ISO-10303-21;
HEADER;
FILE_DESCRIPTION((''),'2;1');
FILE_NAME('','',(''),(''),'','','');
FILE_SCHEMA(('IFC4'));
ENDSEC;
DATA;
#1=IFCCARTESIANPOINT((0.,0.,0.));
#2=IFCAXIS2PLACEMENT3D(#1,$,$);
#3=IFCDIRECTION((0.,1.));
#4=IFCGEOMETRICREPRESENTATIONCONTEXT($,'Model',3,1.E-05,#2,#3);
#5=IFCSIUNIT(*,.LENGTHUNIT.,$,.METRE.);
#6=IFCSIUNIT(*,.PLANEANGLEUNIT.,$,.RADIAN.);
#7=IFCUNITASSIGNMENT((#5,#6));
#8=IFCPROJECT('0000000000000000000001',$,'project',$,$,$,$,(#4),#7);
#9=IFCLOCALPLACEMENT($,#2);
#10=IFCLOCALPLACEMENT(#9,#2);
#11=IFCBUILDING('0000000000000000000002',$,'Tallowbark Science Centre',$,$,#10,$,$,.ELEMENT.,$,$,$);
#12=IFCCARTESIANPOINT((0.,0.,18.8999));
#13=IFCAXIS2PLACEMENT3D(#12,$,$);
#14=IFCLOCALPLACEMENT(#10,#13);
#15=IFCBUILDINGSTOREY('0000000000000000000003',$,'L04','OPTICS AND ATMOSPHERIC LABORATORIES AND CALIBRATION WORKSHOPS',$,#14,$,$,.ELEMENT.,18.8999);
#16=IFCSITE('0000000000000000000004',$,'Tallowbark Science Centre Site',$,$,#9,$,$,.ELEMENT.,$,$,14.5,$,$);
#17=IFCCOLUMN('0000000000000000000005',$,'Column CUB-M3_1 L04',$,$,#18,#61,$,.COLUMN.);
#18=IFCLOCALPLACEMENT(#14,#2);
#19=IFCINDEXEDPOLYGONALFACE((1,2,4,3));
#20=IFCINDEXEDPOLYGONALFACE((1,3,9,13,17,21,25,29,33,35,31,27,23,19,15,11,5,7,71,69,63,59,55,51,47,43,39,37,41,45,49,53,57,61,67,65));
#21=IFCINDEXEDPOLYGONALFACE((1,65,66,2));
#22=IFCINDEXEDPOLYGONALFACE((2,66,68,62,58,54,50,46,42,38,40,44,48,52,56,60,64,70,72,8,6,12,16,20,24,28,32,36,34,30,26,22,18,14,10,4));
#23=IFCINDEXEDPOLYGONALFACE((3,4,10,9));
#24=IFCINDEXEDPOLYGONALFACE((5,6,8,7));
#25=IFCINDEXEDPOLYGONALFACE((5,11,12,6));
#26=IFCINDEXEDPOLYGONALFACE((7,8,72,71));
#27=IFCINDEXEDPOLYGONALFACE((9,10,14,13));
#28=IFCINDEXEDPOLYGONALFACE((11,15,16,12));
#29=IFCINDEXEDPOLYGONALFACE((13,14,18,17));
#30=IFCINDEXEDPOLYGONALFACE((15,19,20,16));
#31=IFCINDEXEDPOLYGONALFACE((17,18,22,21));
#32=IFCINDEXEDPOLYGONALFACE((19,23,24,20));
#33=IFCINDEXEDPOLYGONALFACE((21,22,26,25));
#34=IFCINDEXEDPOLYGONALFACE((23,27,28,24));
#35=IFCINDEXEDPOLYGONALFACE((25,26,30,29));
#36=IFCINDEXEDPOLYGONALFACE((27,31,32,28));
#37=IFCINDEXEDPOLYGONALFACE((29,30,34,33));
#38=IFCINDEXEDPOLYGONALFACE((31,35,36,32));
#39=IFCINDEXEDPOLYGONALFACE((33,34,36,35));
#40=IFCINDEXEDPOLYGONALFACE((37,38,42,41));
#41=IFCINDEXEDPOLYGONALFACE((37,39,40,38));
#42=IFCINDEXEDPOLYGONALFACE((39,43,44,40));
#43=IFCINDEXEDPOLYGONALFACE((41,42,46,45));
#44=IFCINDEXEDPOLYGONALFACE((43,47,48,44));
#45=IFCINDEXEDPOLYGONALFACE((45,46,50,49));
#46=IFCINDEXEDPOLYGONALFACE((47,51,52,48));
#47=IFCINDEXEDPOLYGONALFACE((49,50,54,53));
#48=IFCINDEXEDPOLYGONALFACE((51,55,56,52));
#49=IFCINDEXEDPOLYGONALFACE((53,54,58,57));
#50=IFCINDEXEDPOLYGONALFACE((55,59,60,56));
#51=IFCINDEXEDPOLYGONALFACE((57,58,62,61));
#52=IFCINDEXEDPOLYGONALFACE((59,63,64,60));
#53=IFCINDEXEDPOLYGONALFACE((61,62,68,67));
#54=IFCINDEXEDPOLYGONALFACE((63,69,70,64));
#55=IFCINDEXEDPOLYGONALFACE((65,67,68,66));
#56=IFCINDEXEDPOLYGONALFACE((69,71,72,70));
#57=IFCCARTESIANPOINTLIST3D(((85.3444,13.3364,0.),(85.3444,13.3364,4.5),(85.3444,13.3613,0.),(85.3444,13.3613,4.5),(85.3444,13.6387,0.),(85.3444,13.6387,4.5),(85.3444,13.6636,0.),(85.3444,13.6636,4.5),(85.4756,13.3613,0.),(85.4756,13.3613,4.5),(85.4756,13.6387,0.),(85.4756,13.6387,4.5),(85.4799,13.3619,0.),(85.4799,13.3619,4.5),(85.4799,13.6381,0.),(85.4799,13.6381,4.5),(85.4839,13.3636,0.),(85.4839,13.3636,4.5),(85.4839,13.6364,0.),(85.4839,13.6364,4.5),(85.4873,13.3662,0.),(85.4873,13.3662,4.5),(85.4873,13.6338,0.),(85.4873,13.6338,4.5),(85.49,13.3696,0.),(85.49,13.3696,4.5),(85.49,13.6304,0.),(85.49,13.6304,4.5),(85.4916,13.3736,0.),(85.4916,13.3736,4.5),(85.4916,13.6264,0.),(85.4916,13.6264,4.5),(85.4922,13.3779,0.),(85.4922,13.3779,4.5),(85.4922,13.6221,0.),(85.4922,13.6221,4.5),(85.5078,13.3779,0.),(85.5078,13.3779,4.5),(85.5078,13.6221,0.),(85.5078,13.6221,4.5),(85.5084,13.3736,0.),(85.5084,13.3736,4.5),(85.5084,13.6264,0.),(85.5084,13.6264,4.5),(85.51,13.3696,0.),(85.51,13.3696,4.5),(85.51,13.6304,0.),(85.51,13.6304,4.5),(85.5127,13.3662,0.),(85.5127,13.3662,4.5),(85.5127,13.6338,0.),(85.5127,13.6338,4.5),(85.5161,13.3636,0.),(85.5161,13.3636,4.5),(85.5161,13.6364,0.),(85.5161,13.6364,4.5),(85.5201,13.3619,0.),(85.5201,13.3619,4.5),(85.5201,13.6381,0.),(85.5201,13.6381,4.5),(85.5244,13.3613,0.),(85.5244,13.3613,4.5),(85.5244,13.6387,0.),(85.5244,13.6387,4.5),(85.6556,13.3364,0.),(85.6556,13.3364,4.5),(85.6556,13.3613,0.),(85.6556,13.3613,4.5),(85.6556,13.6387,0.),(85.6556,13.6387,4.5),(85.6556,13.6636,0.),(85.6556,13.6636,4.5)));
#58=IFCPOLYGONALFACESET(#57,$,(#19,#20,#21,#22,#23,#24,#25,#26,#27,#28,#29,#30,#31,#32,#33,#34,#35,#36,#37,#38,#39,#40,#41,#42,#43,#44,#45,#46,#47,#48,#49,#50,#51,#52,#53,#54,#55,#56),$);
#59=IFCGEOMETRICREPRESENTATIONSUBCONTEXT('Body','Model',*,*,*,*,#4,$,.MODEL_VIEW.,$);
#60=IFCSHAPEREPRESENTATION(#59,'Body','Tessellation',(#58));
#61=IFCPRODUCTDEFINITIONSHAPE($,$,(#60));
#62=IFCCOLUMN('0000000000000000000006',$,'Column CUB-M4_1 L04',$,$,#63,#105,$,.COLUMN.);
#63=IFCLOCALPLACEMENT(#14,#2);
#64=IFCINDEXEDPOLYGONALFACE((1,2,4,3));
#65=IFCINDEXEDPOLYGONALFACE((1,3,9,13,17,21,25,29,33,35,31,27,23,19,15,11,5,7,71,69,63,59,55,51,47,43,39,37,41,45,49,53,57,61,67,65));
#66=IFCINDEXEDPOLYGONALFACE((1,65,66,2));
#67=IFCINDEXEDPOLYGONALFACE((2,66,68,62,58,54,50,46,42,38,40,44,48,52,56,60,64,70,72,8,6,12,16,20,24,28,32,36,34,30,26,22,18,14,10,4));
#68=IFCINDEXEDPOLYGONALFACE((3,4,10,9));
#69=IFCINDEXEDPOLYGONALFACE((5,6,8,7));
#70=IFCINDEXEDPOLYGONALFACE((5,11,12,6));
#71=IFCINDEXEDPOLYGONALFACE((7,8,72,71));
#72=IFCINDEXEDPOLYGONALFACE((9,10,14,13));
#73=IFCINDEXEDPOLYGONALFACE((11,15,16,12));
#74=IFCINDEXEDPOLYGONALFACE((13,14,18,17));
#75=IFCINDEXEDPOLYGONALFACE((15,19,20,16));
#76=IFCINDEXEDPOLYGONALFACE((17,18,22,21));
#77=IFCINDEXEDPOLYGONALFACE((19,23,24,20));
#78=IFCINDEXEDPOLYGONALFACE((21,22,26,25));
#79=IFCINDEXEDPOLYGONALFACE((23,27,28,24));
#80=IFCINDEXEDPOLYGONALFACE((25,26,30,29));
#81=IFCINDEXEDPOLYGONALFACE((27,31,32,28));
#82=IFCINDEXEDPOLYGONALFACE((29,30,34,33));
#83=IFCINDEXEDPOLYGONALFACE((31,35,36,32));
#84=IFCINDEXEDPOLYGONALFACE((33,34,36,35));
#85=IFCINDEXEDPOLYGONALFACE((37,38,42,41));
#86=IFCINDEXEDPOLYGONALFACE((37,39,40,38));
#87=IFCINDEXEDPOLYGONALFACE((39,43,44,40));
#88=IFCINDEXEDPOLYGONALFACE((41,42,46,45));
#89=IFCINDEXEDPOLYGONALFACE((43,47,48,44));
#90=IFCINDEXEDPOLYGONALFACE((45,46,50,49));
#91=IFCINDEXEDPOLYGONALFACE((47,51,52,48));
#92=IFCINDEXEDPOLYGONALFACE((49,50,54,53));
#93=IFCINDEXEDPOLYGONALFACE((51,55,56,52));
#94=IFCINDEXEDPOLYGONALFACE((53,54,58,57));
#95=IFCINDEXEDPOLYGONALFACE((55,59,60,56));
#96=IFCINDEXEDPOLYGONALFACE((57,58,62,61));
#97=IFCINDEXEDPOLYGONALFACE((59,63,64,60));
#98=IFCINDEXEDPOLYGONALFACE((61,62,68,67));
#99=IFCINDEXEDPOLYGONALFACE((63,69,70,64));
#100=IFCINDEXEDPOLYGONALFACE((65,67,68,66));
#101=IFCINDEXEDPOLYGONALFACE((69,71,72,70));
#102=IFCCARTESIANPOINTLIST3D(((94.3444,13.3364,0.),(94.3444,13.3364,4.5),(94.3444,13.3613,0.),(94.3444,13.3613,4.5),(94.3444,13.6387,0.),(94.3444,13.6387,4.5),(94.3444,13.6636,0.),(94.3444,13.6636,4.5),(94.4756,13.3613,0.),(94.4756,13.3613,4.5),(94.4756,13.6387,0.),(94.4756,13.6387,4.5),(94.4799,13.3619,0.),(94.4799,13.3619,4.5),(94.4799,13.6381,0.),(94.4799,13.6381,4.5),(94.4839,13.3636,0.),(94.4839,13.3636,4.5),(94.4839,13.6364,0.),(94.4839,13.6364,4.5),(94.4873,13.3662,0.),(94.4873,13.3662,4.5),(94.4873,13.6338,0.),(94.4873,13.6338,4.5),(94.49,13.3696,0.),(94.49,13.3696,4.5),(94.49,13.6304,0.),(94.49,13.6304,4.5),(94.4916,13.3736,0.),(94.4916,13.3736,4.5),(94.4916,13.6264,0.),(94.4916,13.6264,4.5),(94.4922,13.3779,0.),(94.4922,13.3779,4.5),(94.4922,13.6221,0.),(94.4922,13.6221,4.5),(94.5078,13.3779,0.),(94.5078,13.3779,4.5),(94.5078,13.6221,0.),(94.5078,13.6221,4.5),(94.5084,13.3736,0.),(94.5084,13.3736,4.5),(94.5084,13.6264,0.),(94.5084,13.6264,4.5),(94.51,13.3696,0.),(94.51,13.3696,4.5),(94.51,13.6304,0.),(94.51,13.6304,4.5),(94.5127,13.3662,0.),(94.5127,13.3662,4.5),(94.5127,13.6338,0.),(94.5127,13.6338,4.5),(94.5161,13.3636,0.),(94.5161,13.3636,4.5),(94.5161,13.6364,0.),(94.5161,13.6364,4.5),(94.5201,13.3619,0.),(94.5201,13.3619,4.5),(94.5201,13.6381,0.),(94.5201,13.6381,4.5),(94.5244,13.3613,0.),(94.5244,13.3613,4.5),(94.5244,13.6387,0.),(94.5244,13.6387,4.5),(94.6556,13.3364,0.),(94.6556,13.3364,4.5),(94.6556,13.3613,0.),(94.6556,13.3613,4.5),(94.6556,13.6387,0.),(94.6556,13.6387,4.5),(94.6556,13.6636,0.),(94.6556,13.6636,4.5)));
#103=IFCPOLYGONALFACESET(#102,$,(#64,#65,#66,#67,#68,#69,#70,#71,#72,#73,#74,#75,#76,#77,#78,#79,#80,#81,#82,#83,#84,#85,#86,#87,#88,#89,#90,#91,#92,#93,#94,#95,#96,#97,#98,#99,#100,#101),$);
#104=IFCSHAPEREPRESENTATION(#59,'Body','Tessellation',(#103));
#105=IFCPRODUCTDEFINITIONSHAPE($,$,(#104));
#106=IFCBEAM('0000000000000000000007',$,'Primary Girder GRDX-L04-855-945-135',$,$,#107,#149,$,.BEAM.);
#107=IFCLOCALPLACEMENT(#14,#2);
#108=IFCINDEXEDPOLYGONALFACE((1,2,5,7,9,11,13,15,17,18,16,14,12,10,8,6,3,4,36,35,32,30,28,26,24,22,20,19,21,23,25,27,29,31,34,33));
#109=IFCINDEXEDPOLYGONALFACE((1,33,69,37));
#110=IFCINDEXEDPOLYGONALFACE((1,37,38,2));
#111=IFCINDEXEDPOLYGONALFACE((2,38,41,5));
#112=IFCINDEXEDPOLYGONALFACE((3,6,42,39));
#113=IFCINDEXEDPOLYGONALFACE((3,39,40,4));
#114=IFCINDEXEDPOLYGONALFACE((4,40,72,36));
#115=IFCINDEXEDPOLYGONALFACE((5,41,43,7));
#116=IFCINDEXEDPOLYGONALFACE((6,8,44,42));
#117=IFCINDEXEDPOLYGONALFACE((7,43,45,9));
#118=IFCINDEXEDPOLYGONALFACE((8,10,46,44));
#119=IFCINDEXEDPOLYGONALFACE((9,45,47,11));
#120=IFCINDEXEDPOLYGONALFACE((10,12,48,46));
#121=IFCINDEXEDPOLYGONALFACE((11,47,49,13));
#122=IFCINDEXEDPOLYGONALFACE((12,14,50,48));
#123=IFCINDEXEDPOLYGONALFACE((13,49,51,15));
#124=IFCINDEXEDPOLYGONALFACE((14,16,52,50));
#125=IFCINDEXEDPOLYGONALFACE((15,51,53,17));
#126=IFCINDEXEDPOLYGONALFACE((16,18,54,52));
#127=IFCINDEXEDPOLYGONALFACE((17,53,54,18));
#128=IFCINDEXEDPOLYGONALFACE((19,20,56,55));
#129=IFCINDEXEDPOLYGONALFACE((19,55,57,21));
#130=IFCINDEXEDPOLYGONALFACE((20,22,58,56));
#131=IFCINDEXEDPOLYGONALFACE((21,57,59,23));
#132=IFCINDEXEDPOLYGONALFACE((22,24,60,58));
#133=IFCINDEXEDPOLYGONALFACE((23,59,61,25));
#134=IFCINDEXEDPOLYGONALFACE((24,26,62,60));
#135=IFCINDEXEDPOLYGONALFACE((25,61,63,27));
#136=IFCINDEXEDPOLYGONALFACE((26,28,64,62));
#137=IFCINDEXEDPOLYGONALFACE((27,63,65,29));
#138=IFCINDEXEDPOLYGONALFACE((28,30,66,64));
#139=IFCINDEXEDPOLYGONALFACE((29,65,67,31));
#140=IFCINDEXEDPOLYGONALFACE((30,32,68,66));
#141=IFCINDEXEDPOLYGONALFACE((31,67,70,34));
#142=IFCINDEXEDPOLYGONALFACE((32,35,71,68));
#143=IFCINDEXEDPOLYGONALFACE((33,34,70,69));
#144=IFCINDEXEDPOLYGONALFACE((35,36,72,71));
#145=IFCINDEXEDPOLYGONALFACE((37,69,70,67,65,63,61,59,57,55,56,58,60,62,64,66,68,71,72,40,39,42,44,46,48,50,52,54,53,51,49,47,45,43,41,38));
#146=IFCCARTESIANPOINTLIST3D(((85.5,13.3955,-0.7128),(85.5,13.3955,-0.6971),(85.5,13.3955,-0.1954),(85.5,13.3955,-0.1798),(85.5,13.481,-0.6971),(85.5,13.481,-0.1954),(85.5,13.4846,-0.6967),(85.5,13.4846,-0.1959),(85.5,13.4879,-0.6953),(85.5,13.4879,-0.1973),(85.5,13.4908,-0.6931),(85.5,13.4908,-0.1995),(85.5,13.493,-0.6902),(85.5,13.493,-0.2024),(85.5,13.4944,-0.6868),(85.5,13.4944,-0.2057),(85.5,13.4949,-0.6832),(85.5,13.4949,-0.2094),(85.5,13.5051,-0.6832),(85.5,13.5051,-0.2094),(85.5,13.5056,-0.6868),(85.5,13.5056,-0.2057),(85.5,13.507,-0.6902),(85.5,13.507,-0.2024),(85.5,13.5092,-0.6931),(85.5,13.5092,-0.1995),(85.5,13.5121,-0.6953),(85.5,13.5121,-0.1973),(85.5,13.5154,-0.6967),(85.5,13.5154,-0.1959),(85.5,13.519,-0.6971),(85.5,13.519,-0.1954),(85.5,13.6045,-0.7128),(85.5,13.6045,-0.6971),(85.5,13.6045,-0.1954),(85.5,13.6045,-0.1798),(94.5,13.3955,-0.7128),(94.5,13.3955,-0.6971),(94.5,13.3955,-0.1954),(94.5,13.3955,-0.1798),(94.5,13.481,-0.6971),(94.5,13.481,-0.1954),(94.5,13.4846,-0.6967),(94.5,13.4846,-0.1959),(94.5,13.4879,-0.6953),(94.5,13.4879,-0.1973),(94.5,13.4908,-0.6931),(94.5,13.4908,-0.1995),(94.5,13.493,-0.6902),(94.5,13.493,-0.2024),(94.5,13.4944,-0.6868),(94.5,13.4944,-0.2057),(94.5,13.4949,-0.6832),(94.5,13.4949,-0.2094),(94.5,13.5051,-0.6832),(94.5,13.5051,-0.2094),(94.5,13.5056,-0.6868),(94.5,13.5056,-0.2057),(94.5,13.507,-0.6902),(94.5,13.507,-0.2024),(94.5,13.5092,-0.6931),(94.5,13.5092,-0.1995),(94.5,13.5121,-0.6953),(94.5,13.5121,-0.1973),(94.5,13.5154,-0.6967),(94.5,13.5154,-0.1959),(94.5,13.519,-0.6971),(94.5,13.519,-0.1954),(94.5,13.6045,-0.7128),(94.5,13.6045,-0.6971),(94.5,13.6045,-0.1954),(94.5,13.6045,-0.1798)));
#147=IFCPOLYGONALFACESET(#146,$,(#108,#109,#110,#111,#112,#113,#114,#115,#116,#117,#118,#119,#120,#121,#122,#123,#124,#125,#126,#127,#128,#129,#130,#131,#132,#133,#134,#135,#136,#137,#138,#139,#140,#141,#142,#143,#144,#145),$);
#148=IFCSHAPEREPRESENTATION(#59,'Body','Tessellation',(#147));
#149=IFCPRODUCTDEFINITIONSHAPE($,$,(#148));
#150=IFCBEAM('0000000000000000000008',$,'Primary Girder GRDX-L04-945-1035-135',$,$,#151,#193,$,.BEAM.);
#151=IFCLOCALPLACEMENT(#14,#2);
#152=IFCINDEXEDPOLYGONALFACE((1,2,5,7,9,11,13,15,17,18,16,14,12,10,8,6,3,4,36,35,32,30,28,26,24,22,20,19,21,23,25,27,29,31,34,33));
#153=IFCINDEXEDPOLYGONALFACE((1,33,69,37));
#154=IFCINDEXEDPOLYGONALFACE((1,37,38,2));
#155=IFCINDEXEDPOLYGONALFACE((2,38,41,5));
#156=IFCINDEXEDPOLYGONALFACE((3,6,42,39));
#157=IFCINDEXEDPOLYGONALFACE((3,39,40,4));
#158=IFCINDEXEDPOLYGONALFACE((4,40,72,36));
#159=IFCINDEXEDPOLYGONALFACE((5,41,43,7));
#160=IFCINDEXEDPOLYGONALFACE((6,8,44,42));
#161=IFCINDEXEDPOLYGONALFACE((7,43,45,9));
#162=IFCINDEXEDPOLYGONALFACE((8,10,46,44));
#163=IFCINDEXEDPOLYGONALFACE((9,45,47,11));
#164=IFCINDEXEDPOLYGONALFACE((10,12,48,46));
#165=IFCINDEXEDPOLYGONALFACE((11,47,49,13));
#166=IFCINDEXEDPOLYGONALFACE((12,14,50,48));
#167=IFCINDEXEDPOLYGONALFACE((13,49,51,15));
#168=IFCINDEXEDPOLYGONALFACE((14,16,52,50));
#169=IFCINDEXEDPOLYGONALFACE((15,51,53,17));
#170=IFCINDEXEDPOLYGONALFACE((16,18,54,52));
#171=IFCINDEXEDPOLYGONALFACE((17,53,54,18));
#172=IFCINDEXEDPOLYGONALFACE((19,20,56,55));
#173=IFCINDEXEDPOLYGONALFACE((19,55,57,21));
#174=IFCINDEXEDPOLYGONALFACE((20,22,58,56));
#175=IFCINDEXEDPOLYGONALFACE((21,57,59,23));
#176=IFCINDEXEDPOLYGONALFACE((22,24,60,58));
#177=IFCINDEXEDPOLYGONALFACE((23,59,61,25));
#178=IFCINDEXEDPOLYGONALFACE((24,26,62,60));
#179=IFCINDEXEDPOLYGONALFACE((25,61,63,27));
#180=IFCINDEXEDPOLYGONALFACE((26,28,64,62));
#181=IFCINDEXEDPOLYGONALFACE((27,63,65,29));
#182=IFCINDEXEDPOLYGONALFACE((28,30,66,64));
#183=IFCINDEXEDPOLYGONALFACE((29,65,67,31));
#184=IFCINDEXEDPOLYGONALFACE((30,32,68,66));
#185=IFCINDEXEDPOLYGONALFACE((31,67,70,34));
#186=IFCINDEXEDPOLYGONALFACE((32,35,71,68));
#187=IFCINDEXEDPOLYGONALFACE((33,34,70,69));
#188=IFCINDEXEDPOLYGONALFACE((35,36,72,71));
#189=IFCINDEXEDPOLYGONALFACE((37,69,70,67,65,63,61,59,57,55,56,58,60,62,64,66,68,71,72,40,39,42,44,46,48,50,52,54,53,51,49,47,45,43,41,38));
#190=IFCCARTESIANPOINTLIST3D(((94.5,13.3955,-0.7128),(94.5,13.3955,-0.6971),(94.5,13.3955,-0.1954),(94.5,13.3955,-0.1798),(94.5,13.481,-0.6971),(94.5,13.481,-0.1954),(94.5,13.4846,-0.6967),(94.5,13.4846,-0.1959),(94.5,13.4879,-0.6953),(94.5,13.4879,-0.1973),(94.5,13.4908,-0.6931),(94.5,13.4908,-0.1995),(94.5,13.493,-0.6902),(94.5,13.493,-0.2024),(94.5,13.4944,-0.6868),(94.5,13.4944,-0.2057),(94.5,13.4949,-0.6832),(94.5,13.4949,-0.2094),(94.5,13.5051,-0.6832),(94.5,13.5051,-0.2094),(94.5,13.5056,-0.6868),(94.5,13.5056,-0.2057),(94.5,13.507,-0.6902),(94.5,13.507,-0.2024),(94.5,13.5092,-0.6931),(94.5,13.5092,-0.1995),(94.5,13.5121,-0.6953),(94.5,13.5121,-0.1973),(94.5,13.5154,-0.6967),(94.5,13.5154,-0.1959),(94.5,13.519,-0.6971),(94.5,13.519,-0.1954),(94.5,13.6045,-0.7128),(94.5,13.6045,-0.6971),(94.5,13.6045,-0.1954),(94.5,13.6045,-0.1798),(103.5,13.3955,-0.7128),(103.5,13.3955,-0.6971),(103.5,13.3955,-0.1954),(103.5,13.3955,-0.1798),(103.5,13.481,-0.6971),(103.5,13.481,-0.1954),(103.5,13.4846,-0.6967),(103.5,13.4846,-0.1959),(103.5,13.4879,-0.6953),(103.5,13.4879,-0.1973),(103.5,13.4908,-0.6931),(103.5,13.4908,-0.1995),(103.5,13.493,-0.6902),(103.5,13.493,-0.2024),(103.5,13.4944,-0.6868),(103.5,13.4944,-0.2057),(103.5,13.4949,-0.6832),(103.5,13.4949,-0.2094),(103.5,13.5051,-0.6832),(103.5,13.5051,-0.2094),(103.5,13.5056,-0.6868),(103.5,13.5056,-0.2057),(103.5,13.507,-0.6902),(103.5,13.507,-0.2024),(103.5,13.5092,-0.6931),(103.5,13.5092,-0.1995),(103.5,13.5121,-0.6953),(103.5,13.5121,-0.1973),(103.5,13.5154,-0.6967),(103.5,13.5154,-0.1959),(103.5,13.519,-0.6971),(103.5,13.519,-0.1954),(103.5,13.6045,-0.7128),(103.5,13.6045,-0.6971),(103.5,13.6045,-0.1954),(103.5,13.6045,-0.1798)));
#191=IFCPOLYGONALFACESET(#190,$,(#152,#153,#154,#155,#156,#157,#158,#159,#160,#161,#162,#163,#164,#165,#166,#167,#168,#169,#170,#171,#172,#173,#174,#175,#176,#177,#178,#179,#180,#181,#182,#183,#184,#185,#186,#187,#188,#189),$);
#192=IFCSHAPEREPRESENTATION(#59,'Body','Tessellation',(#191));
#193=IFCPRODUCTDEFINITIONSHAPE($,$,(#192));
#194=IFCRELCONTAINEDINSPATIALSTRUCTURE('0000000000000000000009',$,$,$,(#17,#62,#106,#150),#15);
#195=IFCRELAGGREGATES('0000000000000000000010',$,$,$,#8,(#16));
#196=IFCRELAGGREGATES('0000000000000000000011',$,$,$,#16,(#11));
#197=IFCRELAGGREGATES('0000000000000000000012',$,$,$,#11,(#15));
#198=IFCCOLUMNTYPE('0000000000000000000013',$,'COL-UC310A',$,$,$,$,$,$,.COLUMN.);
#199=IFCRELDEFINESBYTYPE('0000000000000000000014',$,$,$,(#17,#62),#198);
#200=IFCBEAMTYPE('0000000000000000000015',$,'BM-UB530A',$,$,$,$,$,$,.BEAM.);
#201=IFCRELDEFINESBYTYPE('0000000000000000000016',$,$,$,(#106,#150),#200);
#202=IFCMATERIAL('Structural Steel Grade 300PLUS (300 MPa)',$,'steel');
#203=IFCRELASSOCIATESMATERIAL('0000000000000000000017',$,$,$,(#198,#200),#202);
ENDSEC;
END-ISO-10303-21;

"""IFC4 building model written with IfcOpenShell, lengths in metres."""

from ifc_helpers import new_model, si_unit, direction, frame, origin, origin_2d, place, context, subcontext, project, spatial, i_section, extrude, material, material_profile, profile_set, type_object, element, save


model = new_model("IFC4")

# Units and contexts
model_context = context("Model", 3, precision=1e-05, world=origin(), true_north=direction((0.0, 1.0)))
body_context = subcontext(model_context, "Body", "Model", "MODEL_VIEW")
ifc_project = project(units=[si_unit("LENGTHUNIT", "METRE"), si_unit("PLANEANGLEUNIT", "RADIAN")], contexts=[model_context])

# Site, building, storey
site_placement = place(None, origin())
site = spatial("IfcSite", under=ifc_project, at=site_placement, Name="Tallowbark Science Centre Site", CompositionType="ELEMENT", RefElevation=14.5)
building_placement = place(site_placement, origin())
building = spatial("IfcBuilding", under=site, at=building_placement, Name="Tallowbark Science Centre", CompositionType="ELEMENT")
storey_placement = place(building_placement, frame((0.0, 0.0, 18.8999)))
storey = spatial("IfcBuildingStorey", under=building, at=storey_placement, Name="L04", Description="OPTICS AND ATMOSPHERIC LABORATORIES AND CALIBRATION WORKSHOPS", CompositionType="ELEMENT", Elevation=18.8999)

# Columns
ifc_material_1 = material(Name="Structural Steel Grade 300PLUS (300 MPa)", Category="steel")
ifc_material_profile_1 = material_profile(ifc_material_1, i_section(OverallWidth=0.3113, OverallDepth=0.3271, WebThickness=0.0156, FlangeThickness=0.0249, FilletRadius=0.0166, at=origin_2d()), Name="310UC158")
ifc_profile_set_1 = profile_set([ifc_material_profile_1], Name="Structural Steel Grade 300PLUS (300 MPa)")
column_type = type_object("IfcColumnType", Name="COL-UC310A", PredefinedType="COLUMN", material=ifc_profile_set_1)
for number, where, z_axis, x_axis, name in (
    (1, (85.5, 13.5, 0.0), (0.0, 0.0, 1.0), (1.0, 0.0, 0.0), "Column CUB-M3_1 L04"),
    (2, (94.5, 13.5, 0.0), (0.0, 0.0, 1.0), (1.0, 0.0, 0.0), "Column CUB-M4_1 L04"),
):
    element("IfcColumn", number, at=place(storey_placement, frame(where, z_axis=z_axis, x_axis=x_axis)), inside=storey, type_object=column_type, Name=name, PredefinedType="COLUMN", context=body_context, shape_type="SweptSolid", body=[
        extrude(i_section(OverallWidth=0.3113, OverallDepth=0.3271, WebThickness=0.0156, FlangeThickness=0.0249, FilletRadius=0.0166, at=origin_2d()), origin(), (0.0, 0.0, 1.0), 4.5),
    ])

# Beams
ifc_material_profile_2 = material_profile(ifc_material_1, i_section(OverallWidth=0.209, OverallDepth=0.533, WebThickness=0.0103, FlangeThickness=0.0156, FilletRadius=0.0139, at=origin_2d()), Name="530UB92.4")
ifc_profile_set_2 = profile_set([ifc_material_profile_2], Name="Structural Steel Grade 300PLUS (300 MPa)")
beam_type_1 = type_object("IfcBeamType", Name="BM-UB530A", PredefinedType="BEAM", material=ifc_profile_set_2)
for number, where, z_axis, x_axis, name in (
    (3, (85.5, 13.5, -0.4463), (1.0, 0.0, 0.0), (0.0, 1.0, 0.0), "Primary Girder GRDX-L04-855-945-135"),
    (4, (94.5, 13.5, -0.4463), (1.0, 0.0, 0.0), (0.0, 1.0, 0.0), "Primary Girder GRDX-L04-945-1035-135"),
):
    element("IfcBeam", number, at=place(storey_placement, frame(where, z_axis=z_axis, x_axis=x_axis)), inside=storey, type_object=beam_type_1, Name=name, PredefinedType="BEAM", context=body_context, shape_type="SweptSolid", body=[
        extrude(i_section(OverallWidth=0.209, OverallDepth=0.533, WebThickness=0.0103, FlangeThickness=0.0156, FilletRadius=0.0139, at=origin_2d()), origin(), (0.0, 0.0, 1.0), 9.0),
    ])

save(model, "model.ifc")
